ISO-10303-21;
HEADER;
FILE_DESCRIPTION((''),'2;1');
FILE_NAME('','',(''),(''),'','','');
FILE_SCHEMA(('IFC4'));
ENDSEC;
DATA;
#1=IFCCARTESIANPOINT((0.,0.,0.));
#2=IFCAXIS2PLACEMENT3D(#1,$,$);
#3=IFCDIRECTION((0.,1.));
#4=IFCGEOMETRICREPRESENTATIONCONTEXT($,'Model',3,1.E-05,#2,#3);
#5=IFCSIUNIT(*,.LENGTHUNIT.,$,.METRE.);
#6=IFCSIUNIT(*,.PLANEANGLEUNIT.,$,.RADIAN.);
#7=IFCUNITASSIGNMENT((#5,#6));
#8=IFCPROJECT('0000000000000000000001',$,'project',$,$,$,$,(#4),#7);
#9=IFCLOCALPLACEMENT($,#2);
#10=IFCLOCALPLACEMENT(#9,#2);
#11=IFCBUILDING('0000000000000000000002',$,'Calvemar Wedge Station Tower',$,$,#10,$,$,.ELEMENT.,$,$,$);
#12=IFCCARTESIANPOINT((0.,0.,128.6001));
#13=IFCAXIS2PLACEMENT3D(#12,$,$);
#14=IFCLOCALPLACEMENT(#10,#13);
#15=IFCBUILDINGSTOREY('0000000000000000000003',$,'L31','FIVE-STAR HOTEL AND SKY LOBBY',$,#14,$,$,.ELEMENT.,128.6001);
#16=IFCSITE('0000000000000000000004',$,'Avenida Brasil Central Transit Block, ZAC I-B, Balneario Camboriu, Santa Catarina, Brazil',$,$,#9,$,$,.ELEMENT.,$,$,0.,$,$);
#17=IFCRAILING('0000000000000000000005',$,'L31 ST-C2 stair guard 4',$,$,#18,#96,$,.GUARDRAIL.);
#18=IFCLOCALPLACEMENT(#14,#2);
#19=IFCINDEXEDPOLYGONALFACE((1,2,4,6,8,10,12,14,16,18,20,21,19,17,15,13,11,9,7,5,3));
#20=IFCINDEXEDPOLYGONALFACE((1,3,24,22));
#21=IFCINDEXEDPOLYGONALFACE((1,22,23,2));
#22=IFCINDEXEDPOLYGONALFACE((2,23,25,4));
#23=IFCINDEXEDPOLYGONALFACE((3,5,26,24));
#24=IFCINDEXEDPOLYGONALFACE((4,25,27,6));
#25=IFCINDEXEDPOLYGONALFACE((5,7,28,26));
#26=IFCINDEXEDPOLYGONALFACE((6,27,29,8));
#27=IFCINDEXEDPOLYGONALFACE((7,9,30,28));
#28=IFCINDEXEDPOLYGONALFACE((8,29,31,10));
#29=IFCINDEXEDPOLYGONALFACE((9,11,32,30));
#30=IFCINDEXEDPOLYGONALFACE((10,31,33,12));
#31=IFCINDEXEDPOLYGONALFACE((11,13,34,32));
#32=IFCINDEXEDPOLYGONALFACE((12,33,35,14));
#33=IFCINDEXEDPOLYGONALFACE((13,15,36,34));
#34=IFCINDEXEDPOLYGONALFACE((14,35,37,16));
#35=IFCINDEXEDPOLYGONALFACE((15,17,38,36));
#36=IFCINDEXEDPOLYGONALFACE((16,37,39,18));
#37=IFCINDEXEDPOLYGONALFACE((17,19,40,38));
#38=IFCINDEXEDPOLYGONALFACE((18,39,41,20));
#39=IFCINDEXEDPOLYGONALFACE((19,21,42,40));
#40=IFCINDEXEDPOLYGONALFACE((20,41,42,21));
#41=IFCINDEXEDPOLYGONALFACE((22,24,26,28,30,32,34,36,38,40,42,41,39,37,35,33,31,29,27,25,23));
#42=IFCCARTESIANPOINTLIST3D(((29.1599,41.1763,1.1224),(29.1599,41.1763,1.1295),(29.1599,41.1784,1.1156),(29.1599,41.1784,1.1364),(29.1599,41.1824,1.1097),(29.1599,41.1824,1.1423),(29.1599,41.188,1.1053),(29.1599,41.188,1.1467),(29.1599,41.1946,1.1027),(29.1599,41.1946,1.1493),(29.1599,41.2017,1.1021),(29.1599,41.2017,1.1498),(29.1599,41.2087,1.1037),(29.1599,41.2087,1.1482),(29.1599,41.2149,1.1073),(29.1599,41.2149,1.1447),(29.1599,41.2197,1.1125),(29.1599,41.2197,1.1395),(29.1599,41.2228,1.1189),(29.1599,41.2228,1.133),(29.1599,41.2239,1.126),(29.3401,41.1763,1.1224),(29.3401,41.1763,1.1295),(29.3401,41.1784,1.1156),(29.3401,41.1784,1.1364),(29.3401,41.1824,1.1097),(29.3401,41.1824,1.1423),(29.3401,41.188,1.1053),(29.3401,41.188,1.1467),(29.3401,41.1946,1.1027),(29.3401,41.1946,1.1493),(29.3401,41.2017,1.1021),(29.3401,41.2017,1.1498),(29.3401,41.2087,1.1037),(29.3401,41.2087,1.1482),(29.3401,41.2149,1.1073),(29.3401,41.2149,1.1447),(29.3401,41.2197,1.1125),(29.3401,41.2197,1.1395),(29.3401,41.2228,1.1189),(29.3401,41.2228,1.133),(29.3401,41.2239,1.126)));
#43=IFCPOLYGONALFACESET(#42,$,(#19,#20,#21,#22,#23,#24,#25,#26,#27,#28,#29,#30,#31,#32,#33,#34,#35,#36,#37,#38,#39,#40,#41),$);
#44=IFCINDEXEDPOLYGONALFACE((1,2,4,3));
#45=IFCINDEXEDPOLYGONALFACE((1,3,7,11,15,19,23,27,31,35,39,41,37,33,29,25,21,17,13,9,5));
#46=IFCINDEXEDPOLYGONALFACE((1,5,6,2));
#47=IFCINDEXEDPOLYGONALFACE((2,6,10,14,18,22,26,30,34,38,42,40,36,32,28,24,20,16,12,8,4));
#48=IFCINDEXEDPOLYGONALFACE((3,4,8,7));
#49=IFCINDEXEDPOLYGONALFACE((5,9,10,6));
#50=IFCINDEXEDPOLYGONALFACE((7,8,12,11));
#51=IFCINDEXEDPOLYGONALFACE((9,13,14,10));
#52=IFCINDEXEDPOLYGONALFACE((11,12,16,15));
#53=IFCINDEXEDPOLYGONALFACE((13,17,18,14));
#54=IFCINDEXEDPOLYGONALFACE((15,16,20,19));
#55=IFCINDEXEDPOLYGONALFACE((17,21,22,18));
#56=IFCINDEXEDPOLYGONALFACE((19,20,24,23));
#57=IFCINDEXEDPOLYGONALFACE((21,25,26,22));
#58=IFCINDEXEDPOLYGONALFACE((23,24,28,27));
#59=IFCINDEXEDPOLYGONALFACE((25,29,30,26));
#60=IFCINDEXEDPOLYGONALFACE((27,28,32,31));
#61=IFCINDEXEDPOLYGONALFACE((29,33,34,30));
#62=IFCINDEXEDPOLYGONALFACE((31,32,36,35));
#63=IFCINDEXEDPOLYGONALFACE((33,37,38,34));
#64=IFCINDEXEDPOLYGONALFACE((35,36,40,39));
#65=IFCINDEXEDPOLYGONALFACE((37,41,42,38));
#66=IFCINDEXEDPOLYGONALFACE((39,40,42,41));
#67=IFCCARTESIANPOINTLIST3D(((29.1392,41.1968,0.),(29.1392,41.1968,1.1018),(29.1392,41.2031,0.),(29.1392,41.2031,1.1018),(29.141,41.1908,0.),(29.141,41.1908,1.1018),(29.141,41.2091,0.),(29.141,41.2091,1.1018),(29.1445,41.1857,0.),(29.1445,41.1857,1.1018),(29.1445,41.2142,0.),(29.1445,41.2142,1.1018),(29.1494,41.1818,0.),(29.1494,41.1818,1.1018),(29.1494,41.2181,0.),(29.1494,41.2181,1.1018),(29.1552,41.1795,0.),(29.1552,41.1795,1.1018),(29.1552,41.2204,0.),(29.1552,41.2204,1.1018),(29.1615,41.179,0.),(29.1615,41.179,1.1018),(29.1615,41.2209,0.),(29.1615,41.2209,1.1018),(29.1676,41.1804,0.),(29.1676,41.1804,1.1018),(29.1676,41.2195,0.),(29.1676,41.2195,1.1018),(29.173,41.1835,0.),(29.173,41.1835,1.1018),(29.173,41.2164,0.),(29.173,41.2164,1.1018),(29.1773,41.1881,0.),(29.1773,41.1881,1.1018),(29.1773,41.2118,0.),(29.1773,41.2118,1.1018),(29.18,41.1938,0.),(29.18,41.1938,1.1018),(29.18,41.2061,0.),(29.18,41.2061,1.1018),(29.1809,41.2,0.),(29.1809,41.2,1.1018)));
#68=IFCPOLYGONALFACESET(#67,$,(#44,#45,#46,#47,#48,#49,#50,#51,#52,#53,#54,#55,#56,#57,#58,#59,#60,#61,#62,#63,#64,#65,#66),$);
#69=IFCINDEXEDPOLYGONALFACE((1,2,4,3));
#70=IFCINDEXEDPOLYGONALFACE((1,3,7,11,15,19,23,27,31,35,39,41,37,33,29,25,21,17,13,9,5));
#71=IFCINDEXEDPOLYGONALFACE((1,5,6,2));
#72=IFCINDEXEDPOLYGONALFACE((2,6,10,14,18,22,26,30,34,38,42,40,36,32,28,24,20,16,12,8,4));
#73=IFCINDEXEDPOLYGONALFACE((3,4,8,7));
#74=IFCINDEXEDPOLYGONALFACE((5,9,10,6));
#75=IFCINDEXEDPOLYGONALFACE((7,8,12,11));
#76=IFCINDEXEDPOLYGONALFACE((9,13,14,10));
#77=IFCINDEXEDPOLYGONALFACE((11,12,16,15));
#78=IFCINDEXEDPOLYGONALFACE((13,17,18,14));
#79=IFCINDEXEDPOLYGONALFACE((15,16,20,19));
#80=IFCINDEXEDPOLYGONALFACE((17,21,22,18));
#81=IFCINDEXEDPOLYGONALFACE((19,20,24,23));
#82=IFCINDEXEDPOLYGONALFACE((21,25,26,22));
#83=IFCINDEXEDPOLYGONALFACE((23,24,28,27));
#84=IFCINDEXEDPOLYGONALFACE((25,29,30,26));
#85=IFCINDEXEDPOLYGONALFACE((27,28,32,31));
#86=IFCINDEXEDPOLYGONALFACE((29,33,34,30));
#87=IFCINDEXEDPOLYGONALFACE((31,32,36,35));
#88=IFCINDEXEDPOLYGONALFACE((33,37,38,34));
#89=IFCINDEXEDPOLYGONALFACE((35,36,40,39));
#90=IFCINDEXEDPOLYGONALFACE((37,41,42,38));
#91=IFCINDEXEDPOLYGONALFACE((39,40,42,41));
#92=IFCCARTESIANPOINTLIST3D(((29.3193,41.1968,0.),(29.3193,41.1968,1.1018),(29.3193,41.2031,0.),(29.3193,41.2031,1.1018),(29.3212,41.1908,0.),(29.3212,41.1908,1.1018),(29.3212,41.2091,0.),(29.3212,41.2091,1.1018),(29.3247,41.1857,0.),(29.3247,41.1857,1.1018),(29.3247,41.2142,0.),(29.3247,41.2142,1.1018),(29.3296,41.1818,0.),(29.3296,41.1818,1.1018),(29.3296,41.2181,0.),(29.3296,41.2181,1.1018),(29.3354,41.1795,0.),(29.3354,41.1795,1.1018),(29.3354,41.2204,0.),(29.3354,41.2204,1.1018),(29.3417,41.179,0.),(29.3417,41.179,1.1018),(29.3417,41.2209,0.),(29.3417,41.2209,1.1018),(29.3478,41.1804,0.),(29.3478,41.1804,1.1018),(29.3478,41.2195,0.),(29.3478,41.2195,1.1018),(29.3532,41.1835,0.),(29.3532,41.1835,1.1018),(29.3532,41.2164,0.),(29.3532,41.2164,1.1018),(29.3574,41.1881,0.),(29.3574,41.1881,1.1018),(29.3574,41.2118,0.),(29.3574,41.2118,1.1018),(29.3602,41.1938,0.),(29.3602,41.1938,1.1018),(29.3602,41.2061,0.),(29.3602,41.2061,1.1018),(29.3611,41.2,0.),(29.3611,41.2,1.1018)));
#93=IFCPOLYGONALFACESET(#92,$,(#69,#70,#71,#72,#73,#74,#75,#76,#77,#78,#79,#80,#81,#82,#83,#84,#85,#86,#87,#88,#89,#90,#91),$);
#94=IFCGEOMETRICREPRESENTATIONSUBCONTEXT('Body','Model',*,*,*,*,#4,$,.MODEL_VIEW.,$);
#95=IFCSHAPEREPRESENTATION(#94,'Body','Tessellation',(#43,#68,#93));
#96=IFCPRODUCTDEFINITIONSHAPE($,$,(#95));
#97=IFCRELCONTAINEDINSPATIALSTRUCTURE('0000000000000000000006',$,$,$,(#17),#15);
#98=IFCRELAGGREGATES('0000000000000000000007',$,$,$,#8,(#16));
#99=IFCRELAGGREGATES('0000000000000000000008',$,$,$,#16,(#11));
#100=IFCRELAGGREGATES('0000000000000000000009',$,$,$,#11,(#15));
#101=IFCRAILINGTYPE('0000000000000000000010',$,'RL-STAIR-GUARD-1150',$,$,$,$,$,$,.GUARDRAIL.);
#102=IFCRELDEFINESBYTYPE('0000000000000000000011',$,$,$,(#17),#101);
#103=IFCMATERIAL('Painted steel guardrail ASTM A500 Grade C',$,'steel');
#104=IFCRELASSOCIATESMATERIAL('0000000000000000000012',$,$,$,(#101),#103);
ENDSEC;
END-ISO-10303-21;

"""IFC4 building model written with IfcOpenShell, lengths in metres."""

from ifc_helpers import new_model, si_unit, direction, frame, origin, origin_2d, place, context, subcontext, project, spatial, circle, extrude, material, type_object, element, save


model = new_model("IFC4")

# Units and contexts
model_context = context("Model", 3, precision=1e-05, world=origin(), true_north=direction((0.0, 1.0)))
body_context = subcontext(model_context, "Body", "Model", "MODEL_VIEW")
ifc_project = project(units=[si_unit("LENGTHUNIT", "METRE"), si_unit("PLANEANGLEUNIT", "RADIAN")], contexts=[model_context])

# Site, building, storey
site_placement = place(None, origin())
site = spatial("IfcSite", under=ifc_project, at=site_placement, Name="Avenida Brasil Central Transit Block, ZAC I-B, Balneario Camboriu, Santa Catarina, Brazil", CompositionType="ELEMENT", RefElevation=0.0)
building_placement = place(site_placement, origin())
building = spatial("IfcBuilding", under=site, at=building_placement, Name="Calvemar Wedge Station Tower", CompositionType="ELEMENT")
storey_placement = place(building_placement, frame((0.0, 0.0, 128.6001)))
storey = spatial("IfcBuildingStorey", under=building, at=storey_placement, Name="L31", Description="FIVE-STAR HOTEL AND SKY LOBBY", CompositionType="ELEMENT", Elevation=128.6001)

# Railing
ifc_material_1 = material(Name="Painted steel guardrail ASTM A500 Grade C", Category="steel")
railing_type_1 = type_object("IfcRailingType", Name="RL-STAIR-GUARD-1150", PredefinedType="GUARDRAIL", material=ifc_material_1)
railing_1_placement = place(storey_placement, frame((29.1599, 41.2, 0.0)))
element("IfcRailing", 1, at=railing_1_placement, inside=storey, type_object=railing_type_1, Name="L31 ST-C2 stair guard 4", PredefinedType="GUARDRAIL", context=body_context, shape_type="SweptSolid", body=[
    extrude(circle(Radius=0.0239, at=origin_2d()), frame((0.0, 0.0, 1.126), z_axis=(1.0, 0.0, 0.0), x_axis=(0.0, 1.0, 0.0)), (0.0, 0.0, 1.0), 0.1802),
    extrude(circle(Radius=0.021, at=origin_2d()), origin(), (0.0, 0.0, 1.0), 1.1018),
    extrude(circle(Radius=0.021, at=origin_2d()), frame((0.1802, 0.0, 0.0)), (0.0, 0.0, 1.0), 1.1018),
])

save(model, "model.ifc")
